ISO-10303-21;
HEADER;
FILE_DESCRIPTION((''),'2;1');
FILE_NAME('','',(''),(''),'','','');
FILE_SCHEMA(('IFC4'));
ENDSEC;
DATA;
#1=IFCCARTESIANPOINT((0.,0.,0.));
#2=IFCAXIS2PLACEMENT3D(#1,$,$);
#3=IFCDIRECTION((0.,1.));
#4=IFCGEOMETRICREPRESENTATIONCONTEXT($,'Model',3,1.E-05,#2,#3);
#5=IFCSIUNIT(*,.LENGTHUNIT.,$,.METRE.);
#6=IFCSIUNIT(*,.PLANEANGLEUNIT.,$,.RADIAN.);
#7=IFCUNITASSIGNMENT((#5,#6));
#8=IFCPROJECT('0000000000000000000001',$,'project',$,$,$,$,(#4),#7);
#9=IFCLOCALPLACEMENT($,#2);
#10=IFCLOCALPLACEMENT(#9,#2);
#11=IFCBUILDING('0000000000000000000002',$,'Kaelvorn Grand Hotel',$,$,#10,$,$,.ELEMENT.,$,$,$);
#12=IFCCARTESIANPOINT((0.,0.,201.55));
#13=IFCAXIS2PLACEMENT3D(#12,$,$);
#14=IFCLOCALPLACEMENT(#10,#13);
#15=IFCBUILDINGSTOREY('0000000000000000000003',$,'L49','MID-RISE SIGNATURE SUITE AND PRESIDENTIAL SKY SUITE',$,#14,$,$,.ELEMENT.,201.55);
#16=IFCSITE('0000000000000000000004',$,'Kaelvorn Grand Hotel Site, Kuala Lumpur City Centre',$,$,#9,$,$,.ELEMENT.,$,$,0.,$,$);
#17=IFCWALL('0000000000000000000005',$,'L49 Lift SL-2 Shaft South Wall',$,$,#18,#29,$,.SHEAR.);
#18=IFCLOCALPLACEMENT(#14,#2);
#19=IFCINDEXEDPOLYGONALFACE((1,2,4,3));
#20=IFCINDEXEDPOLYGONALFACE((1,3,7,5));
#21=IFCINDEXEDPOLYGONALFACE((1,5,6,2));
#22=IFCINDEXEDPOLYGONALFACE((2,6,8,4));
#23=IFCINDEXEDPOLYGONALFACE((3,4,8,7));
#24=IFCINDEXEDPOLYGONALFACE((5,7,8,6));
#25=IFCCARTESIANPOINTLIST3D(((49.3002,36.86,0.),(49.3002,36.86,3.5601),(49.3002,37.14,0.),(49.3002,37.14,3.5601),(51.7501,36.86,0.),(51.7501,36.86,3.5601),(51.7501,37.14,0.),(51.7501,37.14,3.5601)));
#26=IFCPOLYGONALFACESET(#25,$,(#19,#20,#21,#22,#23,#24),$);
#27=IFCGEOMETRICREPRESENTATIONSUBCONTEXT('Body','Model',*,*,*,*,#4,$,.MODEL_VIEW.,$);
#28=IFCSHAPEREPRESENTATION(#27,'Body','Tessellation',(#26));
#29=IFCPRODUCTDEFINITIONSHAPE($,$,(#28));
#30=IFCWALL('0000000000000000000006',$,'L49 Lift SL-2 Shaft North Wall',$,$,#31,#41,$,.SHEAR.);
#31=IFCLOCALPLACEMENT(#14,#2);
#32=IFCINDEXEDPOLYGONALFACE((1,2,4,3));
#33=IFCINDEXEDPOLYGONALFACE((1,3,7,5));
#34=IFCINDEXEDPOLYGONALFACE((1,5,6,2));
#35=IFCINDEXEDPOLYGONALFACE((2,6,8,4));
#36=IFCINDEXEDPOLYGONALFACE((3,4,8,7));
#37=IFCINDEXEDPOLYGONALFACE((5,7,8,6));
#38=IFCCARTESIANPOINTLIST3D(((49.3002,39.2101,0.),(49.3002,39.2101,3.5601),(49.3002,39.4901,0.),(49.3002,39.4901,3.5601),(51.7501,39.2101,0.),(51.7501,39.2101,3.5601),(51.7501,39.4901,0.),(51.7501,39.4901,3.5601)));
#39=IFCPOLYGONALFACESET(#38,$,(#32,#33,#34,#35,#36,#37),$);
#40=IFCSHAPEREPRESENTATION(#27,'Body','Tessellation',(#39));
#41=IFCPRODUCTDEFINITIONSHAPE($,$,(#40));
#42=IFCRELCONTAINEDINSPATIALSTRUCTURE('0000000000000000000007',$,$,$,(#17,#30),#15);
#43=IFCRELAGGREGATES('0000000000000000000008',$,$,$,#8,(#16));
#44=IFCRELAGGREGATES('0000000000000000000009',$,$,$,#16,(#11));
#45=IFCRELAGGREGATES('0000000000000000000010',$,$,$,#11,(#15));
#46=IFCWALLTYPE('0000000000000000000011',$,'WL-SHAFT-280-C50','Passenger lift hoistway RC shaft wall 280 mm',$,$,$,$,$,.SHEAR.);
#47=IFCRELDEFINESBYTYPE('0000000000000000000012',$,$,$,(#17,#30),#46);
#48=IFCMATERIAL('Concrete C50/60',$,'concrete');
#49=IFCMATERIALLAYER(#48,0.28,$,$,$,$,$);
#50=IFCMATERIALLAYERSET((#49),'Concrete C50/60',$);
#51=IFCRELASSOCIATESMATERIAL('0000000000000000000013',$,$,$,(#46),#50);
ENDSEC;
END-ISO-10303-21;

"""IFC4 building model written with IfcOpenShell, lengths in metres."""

from ifc_helpers import new_model, si_unit, direction, frame, frame_2d, origin, place, context, subcontext, project, spatial, rectangle, extrude, material, layer, layer_set, type_object, element, save


model = new_model("IFC4")

# Units and contexts
model_context = context("Model", 3, precision=1e-05, world=origin(), true_north=direction((0.0, 1.0)))
body_context = subcontext(model_context, "Body", "Model", "MODEL_VIEW")
ifc_project = project(units=[si_unit("LENGTHUNIT", "METRE"), si_unit("PLANEANGLEUNIT", "RADIAN")], contexts=[model_context])

# Site, building, storey
site_placement = place(None, origin())
site = spatial("IfcSite", under=ifc_project, at=site_placement, Name="Kaelvorn Grand Hotel Site, Kuala Lumpur City Centre", CompositionType="ELEMENT", RefElevation=0.0)
building_placement = place(site_placement, origin())
building = spatial("IfcBuilding", under=site, at=building_placement, Name="Kaelvorn Grand Hotel", CompositionType="ELEMENT")
storey_placement = place(building_placement, frame((0.0, 0.0, 201.55)))
storey = spatial("IfcBuildingStorey", under=building, at=storey_placement, Name="L49", Description="MID-RISE SIGNATURE SUITE AND PRESIDENTIAL SKY SUITE", CompositionType="ELEMENT", Elevation=201.55)

# Shared definitions
ifc_material_1 = material(Name="Concrete C50/60", Category="concrete")

# Shared definitions
ifc_layer_1 = layer(ifc_material_1, 0.28)
ifc_layer_set_1 = layer_set([ifc_layer_1], Name="Concrete C50/60")
wall_type_1 = type_object("IfcWallType", Name="WL-SHAFT-280-C50", Description="Passenger lift hoistway RC shaft wall 280 mm", PredefinedType="SHEAR", material=ifc_layer_set_1)

# Walls
for number, where, z_axis, x_axis, name in (
    (1, (49.3, 37.0, 0.0), (0.0, 0.0, 1.0), (1.0, 0.0, 0.0), "L49 Lift SL-2 Shaft South Wall"),
    (2, (49.3, 39.3501, 0.0), (0.0, 0.0, 1.0), (1.0, 0.0, 0.0), "L49 Lift SL-2 Shaft North Wall"),
):
    element("IfcWall", number, at=place(storey_placement, frame(where, z_axis=z_axis, x_axis=x_axis)), inside=storey, type_object=wall_type_1, Name=name, PredefinedType="SHEAR", context=body_context, shape_type="SweptSolid", body=[
        extrude(rectangle(XDim=2.45, YDim=0.28, at=frame_2d((1.2251, 0.0))), origin(), (0.0, 0.0, 1.0), 3.5601),
    ])

save(model, "model.ifc")
